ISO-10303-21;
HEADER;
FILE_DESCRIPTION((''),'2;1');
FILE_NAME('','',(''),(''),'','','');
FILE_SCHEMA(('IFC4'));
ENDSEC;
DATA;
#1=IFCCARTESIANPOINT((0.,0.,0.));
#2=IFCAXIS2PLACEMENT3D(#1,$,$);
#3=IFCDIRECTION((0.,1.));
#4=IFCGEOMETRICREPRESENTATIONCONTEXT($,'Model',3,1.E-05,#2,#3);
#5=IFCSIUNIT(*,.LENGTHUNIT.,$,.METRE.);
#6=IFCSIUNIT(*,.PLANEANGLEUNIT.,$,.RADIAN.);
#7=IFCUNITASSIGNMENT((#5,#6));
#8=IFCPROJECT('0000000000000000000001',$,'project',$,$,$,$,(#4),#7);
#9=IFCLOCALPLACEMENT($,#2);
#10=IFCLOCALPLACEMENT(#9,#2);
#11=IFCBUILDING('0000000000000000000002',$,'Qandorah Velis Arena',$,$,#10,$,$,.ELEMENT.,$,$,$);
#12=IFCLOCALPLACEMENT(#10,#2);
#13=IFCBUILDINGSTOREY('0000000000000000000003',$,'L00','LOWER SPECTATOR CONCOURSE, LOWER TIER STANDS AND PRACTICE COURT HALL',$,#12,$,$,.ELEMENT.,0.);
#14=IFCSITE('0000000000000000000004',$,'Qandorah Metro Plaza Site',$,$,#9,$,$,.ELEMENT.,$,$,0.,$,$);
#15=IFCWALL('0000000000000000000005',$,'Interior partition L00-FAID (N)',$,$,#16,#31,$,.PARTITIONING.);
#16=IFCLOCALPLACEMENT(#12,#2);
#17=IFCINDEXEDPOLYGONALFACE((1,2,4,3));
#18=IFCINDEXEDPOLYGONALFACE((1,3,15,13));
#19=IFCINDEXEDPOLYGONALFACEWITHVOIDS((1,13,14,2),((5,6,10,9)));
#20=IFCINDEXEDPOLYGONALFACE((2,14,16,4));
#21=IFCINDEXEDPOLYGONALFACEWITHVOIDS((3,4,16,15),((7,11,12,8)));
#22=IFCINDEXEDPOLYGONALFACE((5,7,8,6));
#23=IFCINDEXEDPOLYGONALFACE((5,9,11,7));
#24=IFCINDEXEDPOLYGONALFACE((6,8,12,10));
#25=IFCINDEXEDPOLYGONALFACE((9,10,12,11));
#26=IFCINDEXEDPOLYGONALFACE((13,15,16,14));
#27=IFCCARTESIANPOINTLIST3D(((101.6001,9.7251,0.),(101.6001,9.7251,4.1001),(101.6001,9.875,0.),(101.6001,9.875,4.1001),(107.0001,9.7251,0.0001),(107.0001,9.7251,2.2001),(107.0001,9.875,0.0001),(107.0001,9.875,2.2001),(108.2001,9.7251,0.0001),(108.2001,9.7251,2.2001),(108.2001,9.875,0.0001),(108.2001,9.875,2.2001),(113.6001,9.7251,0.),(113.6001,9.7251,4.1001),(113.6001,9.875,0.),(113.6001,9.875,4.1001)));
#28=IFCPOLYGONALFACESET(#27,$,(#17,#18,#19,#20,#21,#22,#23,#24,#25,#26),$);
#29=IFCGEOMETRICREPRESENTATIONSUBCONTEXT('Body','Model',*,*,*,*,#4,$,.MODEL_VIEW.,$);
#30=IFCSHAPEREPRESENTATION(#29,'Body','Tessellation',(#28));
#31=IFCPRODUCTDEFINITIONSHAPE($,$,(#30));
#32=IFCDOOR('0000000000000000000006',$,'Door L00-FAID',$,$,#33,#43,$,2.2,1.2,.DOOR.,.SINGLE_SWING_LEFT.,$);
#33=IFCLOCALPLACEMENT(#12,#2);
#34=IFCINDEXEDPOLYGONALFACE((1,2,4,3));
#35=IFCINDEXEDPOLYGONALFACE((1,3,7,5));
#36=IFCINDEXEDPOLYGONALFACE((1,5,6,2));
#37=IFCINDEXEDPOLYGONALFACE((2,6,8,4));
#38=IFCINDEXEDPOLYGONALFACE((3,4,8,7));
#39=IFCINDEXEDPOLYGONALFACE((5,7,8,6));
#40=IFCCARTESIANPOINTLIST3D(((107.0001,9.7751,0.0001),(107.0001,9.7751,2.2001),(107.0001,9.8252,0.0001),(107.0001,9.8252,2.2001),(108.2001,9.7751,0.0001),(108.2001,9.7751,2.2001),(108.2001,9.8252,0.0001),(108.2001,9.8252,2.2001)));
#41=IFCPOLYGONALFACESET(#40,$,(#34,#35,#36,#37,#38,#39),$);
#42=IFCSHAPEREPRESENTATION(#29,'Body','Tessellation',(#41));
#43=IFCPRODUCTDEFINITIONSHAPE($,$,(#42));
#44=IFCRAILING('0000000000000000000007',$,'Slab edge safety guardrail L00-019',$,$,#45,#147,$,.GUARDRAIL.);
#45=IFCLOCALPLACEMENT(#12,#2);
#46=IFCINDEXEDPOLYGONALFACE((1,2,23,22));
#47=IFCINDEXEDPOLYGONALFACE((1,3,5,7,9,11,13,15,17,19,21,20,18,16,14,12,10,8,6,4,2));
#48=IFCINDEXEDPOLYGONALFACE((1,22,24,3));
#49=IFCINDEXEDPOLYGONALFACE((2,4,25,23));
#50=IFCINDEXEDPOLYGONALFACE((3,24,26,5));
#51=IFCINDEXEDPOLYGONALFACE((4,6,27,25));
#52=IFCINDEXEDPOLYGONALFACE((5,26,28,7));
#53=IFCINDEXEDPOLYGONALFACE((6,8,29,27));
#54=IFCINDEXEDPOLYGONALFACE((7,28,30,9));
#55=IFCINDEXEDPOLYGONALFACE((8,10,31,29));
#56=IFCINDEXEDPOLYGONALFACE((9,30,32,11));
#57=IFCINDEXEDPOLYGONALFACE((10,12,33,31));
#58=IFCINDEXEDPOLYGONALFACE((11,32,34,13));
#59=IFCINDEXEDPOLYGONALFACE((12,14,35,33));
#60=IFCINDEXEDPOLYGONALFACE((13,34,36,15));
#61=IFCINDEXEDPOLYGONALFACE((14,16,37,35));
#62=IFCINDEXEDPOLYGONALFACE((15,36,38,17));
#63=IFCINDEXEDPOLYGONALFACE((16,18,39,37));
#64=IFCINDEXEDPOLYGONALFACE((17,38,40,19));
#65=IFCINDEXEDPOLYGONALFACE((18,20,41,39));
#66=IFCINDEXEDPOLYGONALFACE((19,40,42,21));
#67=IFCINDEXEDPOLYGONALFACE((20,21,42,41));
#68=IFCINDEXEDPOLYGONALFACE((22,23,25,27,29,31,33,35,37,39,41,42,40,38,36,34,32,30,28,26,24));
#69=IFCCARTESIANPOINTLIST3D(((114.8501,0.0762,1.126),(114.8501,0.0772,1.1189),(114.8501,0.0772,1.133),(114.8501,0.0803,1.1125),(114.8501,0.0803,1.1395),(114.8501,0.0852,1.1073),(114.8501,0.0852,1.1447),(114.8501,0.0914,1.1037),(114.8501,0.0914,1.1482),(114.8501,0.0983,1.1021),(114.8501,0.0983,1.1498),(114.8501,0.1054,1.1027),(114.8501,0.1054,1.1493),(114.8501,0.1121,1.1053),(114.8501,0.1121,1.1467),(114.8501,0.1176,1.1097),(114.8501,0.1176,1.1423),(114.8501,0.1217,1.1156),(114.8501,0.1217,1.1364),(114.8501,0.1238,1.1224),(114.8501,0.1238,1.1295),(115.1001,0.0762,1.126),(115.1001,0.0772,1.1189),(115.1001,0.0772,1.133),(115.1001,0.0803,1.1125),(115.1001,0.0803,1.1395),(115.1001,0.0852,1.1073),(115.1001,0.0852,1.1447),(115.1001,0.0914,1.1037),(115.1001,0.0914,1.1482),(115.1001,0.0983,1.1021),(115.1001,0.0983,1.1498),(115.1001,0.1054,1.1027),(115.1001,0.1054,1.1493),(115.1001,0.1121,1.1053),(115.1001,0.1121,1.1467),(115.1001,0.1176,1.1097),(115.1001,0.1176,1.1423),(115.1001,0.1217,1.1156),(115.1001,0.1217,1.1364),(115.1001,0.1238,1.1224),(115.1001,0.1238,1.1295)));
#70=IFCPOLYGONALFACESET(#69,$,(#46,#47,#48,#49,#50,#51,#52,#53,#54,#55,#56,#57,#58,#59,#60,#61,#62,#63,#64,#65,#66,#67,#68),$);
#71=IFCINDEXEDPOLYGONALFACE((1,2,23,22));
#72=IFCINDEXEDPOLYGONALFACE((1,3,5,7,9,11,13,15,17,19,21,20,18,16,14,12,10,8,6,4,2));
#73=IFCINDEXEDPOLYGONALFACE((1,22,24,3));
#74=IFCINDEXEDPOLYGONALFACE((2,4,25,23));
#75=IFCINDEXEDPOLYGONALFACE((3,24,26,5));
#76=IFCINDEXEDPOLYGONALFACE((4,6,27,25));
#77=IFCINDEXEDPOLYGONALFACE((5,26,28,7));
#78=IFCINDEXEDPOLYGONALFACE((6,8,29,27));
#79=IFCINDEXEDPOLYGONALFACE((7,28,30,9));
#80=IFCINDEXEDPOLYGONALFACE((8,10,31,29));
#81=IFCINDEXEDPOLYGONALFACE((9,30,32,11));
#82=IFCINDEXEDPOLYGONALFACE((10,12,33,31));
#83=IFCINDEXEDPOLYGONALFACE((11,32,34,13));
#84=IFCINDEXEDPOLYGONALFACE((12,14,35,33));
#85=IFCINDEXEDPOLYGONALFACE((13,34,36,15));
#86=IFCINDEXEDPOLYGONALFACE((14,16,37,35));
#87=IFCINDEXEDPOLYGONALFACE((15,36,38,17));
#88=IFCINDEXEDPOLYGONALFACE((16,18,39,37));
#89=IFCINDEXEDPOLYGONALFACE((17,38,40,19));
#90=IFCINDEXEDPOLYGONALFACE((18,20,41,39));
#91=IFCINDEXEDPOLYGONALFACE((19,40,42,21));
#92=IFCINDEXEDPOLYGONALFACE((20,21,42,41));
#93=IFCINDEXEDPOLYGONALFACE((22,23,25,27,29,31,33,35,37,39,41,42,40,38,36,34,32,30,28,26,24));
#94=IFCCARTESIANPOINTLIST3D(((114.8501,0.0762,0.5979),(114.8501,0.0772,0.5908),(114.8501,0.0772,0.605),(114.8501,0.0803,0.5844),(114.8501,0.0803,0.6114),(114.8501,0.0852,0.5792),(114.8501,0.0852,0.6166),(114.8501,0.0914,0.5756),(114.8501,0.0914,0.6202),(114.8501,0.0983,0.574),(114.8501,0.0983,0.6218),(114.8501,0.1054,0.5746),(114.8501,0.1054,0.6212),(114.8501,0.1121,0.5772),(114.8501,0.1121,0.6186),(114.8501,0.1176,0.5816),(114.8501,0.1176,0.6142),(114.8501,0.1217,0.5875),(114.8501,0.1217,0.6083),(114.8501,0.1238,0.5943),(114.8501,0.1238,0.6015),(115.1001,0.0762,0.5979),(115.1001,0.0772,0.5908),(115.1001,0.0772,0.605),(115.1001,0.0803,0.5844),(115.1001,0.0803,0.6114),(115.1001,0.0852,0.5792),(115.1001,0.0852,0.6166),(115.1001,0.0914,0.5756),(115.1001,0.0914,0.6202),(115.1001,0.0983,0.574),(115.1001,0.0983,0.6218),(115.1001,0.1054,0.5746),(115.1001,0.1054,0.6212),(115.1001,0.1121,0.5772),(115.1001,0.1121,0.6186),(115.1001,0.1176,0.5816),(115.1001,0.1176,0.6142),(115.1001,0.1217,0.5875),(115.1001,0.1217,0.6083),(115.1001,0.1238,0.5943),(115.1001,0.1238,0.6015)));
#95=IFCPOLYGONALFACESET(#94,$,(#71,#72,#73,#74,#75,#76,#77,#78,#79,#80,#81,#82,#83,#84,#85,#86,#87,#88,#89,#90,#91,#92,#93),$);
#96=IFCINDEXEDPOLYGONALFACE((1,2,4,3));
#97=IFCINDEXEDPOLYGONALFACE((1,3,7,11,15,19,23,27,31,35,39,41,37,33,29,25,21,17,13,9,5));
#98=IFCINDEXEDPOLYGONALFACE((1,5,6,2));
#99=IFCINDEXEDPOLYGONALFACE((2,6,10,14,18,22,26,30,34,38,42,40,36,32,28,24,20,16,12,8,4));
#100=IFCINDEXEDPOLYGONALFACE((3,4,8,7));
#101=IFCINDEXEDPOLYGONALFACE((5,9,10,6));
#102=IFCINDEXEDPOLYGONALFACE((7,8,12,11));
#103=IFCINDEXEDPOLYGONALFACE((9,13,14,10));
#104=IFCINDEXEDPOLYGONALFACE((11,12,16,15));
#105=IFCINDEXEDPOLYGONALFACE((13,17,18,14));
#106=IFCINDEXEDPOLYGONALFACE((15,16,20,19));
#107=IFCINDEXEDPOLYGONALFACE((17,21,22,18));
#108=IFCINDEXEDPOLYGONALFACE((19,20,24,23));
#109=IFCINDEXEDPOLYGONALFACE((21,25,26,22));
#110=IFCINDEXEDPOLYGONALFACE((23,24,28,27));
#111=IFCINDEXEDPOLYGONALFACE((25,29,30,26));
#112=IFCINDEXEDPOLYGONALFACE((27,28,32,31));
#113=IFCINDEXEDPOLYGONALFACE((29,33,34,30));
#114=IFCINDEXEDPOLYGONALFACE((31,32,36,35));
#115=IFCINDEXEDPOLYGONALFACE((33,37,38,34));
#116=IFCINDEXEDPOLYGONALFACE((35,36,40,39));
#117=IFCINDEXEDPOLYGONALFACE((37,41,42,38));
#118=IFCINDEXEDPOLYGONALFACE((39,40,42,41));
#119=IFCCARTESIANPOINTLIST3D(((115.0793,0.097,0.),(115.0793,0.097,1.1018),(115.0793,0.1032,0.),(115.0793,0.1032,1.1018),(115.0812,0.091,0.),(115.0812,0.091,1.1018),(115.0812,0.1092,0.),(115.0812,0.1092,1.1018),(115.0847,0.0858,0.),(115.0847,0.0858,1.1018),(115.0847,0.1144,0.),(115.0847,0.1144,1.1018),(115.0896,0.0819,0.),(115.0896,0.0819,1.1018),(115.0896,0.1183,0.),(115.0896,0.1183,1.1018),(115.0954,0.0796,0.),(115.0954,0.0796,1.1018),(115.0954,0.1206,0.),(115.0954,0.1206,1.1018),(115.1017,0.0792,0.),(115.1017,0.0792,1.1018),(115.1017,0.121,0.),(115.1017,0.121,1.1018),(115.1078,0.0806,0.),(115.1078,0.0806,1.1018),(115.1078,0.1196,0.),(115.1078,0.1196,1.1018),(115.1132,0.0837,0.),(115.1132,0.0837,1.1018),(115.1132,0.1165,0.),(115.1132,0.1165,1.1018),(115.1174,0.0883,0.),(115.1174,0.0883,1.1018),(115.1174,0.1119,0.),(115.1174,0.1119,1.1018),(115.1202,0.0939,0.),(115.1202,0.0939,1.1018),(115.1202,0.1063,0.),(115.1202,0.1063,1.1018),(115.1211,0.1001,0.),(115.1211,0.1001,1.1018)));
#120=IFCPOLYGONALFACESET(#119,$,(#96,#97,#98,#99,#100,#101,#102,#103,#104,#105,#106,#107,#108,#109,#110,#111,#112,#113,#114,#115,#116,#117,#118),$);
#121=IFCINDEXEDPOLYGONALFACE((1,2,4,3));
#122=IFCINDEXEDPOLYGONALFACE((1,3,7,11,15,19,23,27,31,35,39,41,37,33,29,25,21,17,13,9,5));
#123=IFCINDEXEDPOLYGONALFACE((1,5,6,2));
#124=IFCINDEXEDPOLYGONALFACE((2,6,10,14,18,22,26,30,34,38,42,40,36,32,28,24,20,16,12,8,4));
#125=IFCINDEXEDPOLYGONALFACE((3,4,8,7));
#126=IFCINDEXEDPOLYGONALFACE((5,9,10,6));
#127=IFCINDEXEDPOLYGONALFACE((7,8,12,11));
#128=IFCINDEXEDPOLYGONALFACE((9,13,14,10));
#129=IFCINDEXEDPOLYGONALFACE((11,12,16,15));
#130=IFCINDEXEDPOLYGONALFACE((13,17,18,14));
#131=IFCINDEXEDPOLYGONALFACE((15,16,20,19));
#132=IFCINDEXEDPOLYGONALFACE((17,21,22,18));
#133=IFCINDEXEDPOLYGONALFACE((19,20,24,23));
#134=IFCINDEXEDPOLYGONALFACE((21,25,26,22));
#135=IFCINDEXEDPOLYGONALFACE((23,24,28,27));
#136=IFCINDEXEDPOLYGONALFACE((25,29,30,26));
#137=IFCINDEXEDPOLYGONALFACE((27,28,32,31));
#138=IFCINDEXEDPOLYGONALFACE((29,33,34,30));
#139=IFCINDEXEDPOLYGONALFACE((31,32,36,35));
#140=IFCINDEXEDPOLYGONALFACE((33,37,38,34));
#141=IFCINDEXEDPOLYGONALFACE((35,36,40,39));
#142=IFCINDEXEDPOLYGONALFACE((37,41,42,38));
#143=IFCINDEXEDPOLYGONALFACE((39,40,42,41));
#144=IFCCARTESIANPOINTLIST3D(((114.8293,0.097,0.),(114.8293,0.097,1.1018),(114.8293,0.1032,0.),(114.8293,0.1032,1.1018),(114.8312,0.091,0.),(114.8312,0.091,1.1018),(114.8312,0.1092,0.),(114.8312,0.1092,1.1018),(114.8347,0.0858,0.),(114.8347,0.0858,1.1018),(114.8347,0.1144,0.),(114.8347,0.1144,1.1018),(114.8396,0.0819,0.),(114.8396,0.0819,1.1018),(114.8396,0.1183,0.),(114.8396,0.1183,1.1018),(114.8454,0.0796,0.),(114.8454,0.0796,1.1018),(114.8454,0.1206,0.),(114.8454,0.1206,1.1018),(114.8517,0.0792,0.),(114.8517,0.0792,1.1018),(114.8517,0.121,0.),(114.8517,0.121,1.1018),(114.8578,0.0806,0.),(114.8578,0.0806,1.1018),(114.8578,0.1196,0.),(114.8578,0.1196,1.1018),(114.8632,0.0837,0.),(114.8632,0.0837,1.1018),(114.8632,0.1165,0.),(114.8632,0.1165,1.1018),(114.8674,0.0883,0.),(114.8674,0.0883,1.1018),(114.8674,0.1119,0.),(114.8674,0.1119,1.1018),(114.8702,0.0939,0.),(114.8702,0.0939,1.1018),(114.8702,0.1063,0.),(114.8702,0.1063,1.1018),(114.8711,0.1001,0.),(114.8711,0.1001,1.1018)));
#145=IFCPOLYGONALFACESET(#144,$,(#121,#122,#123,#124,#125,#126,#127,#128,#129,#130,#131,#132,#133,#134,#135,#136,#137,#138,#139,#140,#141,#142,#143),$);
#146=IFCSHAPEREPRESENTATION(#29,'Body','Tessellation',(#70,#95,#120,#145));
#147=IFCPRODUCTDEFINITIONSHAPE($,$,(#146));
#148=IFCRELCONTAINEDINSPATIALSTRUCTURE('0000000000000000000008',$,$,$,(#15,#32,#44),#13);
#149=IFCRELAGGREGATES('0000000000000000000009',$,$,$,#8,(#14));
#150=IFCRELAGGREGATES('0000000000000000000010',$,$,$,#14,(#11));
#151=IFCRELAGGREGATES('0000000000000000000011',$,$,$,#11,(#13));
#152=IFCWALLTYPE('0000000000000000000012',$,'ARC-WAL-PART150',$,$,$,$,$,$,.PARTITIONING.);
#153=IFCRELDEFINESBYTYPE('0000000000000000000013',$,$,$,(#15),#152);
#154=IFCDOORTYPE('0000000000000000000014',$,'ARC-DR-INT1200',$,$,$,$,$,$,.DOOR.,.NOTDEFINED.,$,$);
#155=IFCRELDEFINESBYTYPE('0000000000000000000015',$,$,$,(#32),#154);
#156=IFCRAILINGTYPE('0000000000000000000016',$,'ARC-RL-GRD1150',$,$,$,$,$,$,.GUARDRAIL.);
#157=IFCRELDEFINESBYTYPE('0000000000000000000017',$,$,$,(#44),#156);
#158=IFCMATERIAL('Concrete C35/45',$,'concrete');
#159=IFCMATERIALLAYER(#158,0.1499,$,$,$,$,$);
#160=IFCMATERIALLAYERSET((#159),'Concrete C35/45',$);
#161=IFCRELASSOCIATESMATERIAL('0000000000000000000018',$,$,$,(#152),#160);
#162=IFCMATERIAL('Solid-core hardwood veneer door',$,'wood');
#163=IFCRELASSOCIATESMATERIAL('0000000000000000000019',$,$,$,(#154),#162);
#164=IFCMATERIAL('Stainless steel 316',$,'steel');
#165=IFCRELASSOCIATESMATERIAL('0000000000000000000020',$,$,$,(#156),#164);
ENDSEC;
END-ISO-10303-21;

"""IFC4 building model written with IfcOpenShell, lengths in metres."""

from ifc_helpers import new_model, si_unit, direction, frame, frame_2d, origin, origin_2d, place, context, subcontext, project, spatial, rectangle, circle, extrude, material, layer, layer_set, type_object, element, fill, save


model = new_model("IFC4")

# Units and contexts
model_context = context("Model", 3, precision=1e-05, world=origin(), true_north=direction((0.0, 1.0)))
body_context = subcontext(model_context, "Body", "Model", "MODEL_VIEW")
ifc_project = project(units=[si_unit("LENGTHUNIT", "METRE"), si_unit("PLANEANGLEUNIT", "RADIAN")], contexts=[model_context])

# Site, building, storey
site_placement = place(None, origin())
site = spatial("IfcSite", under=ifc_project, at=site_placement, Name="Qandorah Metro Plaza Site", CompositionType="ELEMENT", RefElevation=0.0)
building_placement = place(site_placement, origin())
building = spatial("IfcBuilding", under=site, at=building_placement, Name="Qandorah Velis Arena", CompositionType="ELEMENT")
storey_placement = place(building_placement, origin())
storey = spatial("IfcBuildingStorey", under=building, at=storey_placement, Name="L00", Description="LOWER SPECTATOR CONCOURSE, LOWER TIER STANDS AND PRACTICE COURT HALL", CompositionType="ELEMENT", Elevation=0.0)

# Shared definitions
ifc_material_1 = material(Name="Concrete C35/45", Category="concrete")
ifc_layer_1 = layer(ifc_material_1, 0.1499)
ifc_layer_set_1 = layer_set([ifc_layer_1], Name="Concrete C35/45")
wall_type_1 = type_object("IfcWallType", Name="ARC-WAL-PART150", PredefinedType="PARTITIONING", material=ifc_layer_set_1)

# Wall, opening, door
wall_1_placement = place(storey_placement, frame((113.6001, 9.8, 0.0), z_axis=(0.0, 0.0, 1.0), x_axis=(-1.0, 0.0, 0.0)))
wall_1 = element("IfcWall", 1, at=wall_1_placement, inside=storey, type_object=wall_type_1, Name="Interior partition L00-FAID (N)", PredefinedType="PARTITIONING", context=body_context, shape_type="SweptSolid", body=[
    extrude(rectangle(XDim=12.0, YDim=0.1499, at=frame_2d((6.0, 0.0))), origin(), (0.0, 0.0, 1.0), 4.1001),
])
opening_1_placement = place(wall_1_placement, frame((5.3999, 0.0, 0.0)))
opening_1 = element("IfcOpeningElement", 2, at=opening_1_placement, cuts=wall_1, PredefinedType="OPENING", context=body_context, shape_type="SweptSolid", body=[
    extrude(rectangle(XDim=1.2, YDim=2.2, at=frame_2d((0.6001, 1.1001))), frame((0.0, 0.085, 0.0), z_axis=(0.0, -1.0, 0.0), x_axis=(1.0, 0.0, 0.0)), (0.0, 0.0, 1.0), 0.1699),
])
ifc_material_2 = material(Name="Solid-core hardwood veneer door", Category="wood")
door_type_1 = type_object("IfcDoorType", Name="ARC-DR-INT1200", OperationType="NOTDEFINED", PredefinedType="DOOR", material=ifc_material_2)
door_1_placement = place(opening_1_placement, origin())
door_1 = element("IfcDoor", 3, at=door_1_placement, inside=storey, type_object=door_type_1, Name="Door L00-FAID", OperationType="SINGLE_SWING_LEFT", OverallHeight=2.2, OverallWidth=1.2, PredefinedType="DOOR", context=body_context, shape_type="SweptSolid", body=[
    extrude(rectangle(XDim=1.2, YDim=2.2, at=frame_2d((0.6001, 1.1001))), frame((0.0, 0.0249, 0.0), z_axis=(0.0, -1.0, 0.0), x_axis=(1.0, 0.0, 0.0)), (0.0, 0.0, 1.0), 0.05),
])
fill(opening_1, door_1)

# Railing
ifc_material_3 = material(Name="Stainless steel 316", Category="steel")
railing_type = type_object("IfcRailingType", Name="ARC-RL-GRD1150", PredefinedType="GUARDRAIL", material=ifc_material_3)
railing_1_placement = place(storey_placement, frame((115.1001, 0.1001, 0.0)))
element("IfcRailing", 4, at=railing_1_placement, inside=storey, type_object=railing_type, Name="Slab edge safety guardrail L00-019", PredefinedType="GUARDRAIL", context=body_context, shape_type="SweptSolid", body=[
    extrude(circle(Radius=0.0239, at=origin_2d()), frame((0.0, 0.0, 1.126), z_axis=(-1.0, 0.0, 0.0), x_axis=(0.0, -1.0, 0.0)), (0.0, 0.0, 1.0), 0.25),
    extrude(circle(Radius=0.0239, at=origin_2d()), frame((0.0, 0.0, 0.5979), z_axis=(-1.0, 0.0, 0.0), x_axis=(0.0, -1.0, 0.0)), (0.0, 0.0, 1.0), 0.25),
    extrude(circle(Radius=0.021, at=origin_2d()), origin(), (0.0, 0.0, 1.0), 1.1018),
    extrude(circle(Radius=0.021, at=origin_2d()), frame((-0.25, 0.0, 0.0)), (0.0, 0.0, 1.0), 1.1018),
])

save(model, "model.ifc")
